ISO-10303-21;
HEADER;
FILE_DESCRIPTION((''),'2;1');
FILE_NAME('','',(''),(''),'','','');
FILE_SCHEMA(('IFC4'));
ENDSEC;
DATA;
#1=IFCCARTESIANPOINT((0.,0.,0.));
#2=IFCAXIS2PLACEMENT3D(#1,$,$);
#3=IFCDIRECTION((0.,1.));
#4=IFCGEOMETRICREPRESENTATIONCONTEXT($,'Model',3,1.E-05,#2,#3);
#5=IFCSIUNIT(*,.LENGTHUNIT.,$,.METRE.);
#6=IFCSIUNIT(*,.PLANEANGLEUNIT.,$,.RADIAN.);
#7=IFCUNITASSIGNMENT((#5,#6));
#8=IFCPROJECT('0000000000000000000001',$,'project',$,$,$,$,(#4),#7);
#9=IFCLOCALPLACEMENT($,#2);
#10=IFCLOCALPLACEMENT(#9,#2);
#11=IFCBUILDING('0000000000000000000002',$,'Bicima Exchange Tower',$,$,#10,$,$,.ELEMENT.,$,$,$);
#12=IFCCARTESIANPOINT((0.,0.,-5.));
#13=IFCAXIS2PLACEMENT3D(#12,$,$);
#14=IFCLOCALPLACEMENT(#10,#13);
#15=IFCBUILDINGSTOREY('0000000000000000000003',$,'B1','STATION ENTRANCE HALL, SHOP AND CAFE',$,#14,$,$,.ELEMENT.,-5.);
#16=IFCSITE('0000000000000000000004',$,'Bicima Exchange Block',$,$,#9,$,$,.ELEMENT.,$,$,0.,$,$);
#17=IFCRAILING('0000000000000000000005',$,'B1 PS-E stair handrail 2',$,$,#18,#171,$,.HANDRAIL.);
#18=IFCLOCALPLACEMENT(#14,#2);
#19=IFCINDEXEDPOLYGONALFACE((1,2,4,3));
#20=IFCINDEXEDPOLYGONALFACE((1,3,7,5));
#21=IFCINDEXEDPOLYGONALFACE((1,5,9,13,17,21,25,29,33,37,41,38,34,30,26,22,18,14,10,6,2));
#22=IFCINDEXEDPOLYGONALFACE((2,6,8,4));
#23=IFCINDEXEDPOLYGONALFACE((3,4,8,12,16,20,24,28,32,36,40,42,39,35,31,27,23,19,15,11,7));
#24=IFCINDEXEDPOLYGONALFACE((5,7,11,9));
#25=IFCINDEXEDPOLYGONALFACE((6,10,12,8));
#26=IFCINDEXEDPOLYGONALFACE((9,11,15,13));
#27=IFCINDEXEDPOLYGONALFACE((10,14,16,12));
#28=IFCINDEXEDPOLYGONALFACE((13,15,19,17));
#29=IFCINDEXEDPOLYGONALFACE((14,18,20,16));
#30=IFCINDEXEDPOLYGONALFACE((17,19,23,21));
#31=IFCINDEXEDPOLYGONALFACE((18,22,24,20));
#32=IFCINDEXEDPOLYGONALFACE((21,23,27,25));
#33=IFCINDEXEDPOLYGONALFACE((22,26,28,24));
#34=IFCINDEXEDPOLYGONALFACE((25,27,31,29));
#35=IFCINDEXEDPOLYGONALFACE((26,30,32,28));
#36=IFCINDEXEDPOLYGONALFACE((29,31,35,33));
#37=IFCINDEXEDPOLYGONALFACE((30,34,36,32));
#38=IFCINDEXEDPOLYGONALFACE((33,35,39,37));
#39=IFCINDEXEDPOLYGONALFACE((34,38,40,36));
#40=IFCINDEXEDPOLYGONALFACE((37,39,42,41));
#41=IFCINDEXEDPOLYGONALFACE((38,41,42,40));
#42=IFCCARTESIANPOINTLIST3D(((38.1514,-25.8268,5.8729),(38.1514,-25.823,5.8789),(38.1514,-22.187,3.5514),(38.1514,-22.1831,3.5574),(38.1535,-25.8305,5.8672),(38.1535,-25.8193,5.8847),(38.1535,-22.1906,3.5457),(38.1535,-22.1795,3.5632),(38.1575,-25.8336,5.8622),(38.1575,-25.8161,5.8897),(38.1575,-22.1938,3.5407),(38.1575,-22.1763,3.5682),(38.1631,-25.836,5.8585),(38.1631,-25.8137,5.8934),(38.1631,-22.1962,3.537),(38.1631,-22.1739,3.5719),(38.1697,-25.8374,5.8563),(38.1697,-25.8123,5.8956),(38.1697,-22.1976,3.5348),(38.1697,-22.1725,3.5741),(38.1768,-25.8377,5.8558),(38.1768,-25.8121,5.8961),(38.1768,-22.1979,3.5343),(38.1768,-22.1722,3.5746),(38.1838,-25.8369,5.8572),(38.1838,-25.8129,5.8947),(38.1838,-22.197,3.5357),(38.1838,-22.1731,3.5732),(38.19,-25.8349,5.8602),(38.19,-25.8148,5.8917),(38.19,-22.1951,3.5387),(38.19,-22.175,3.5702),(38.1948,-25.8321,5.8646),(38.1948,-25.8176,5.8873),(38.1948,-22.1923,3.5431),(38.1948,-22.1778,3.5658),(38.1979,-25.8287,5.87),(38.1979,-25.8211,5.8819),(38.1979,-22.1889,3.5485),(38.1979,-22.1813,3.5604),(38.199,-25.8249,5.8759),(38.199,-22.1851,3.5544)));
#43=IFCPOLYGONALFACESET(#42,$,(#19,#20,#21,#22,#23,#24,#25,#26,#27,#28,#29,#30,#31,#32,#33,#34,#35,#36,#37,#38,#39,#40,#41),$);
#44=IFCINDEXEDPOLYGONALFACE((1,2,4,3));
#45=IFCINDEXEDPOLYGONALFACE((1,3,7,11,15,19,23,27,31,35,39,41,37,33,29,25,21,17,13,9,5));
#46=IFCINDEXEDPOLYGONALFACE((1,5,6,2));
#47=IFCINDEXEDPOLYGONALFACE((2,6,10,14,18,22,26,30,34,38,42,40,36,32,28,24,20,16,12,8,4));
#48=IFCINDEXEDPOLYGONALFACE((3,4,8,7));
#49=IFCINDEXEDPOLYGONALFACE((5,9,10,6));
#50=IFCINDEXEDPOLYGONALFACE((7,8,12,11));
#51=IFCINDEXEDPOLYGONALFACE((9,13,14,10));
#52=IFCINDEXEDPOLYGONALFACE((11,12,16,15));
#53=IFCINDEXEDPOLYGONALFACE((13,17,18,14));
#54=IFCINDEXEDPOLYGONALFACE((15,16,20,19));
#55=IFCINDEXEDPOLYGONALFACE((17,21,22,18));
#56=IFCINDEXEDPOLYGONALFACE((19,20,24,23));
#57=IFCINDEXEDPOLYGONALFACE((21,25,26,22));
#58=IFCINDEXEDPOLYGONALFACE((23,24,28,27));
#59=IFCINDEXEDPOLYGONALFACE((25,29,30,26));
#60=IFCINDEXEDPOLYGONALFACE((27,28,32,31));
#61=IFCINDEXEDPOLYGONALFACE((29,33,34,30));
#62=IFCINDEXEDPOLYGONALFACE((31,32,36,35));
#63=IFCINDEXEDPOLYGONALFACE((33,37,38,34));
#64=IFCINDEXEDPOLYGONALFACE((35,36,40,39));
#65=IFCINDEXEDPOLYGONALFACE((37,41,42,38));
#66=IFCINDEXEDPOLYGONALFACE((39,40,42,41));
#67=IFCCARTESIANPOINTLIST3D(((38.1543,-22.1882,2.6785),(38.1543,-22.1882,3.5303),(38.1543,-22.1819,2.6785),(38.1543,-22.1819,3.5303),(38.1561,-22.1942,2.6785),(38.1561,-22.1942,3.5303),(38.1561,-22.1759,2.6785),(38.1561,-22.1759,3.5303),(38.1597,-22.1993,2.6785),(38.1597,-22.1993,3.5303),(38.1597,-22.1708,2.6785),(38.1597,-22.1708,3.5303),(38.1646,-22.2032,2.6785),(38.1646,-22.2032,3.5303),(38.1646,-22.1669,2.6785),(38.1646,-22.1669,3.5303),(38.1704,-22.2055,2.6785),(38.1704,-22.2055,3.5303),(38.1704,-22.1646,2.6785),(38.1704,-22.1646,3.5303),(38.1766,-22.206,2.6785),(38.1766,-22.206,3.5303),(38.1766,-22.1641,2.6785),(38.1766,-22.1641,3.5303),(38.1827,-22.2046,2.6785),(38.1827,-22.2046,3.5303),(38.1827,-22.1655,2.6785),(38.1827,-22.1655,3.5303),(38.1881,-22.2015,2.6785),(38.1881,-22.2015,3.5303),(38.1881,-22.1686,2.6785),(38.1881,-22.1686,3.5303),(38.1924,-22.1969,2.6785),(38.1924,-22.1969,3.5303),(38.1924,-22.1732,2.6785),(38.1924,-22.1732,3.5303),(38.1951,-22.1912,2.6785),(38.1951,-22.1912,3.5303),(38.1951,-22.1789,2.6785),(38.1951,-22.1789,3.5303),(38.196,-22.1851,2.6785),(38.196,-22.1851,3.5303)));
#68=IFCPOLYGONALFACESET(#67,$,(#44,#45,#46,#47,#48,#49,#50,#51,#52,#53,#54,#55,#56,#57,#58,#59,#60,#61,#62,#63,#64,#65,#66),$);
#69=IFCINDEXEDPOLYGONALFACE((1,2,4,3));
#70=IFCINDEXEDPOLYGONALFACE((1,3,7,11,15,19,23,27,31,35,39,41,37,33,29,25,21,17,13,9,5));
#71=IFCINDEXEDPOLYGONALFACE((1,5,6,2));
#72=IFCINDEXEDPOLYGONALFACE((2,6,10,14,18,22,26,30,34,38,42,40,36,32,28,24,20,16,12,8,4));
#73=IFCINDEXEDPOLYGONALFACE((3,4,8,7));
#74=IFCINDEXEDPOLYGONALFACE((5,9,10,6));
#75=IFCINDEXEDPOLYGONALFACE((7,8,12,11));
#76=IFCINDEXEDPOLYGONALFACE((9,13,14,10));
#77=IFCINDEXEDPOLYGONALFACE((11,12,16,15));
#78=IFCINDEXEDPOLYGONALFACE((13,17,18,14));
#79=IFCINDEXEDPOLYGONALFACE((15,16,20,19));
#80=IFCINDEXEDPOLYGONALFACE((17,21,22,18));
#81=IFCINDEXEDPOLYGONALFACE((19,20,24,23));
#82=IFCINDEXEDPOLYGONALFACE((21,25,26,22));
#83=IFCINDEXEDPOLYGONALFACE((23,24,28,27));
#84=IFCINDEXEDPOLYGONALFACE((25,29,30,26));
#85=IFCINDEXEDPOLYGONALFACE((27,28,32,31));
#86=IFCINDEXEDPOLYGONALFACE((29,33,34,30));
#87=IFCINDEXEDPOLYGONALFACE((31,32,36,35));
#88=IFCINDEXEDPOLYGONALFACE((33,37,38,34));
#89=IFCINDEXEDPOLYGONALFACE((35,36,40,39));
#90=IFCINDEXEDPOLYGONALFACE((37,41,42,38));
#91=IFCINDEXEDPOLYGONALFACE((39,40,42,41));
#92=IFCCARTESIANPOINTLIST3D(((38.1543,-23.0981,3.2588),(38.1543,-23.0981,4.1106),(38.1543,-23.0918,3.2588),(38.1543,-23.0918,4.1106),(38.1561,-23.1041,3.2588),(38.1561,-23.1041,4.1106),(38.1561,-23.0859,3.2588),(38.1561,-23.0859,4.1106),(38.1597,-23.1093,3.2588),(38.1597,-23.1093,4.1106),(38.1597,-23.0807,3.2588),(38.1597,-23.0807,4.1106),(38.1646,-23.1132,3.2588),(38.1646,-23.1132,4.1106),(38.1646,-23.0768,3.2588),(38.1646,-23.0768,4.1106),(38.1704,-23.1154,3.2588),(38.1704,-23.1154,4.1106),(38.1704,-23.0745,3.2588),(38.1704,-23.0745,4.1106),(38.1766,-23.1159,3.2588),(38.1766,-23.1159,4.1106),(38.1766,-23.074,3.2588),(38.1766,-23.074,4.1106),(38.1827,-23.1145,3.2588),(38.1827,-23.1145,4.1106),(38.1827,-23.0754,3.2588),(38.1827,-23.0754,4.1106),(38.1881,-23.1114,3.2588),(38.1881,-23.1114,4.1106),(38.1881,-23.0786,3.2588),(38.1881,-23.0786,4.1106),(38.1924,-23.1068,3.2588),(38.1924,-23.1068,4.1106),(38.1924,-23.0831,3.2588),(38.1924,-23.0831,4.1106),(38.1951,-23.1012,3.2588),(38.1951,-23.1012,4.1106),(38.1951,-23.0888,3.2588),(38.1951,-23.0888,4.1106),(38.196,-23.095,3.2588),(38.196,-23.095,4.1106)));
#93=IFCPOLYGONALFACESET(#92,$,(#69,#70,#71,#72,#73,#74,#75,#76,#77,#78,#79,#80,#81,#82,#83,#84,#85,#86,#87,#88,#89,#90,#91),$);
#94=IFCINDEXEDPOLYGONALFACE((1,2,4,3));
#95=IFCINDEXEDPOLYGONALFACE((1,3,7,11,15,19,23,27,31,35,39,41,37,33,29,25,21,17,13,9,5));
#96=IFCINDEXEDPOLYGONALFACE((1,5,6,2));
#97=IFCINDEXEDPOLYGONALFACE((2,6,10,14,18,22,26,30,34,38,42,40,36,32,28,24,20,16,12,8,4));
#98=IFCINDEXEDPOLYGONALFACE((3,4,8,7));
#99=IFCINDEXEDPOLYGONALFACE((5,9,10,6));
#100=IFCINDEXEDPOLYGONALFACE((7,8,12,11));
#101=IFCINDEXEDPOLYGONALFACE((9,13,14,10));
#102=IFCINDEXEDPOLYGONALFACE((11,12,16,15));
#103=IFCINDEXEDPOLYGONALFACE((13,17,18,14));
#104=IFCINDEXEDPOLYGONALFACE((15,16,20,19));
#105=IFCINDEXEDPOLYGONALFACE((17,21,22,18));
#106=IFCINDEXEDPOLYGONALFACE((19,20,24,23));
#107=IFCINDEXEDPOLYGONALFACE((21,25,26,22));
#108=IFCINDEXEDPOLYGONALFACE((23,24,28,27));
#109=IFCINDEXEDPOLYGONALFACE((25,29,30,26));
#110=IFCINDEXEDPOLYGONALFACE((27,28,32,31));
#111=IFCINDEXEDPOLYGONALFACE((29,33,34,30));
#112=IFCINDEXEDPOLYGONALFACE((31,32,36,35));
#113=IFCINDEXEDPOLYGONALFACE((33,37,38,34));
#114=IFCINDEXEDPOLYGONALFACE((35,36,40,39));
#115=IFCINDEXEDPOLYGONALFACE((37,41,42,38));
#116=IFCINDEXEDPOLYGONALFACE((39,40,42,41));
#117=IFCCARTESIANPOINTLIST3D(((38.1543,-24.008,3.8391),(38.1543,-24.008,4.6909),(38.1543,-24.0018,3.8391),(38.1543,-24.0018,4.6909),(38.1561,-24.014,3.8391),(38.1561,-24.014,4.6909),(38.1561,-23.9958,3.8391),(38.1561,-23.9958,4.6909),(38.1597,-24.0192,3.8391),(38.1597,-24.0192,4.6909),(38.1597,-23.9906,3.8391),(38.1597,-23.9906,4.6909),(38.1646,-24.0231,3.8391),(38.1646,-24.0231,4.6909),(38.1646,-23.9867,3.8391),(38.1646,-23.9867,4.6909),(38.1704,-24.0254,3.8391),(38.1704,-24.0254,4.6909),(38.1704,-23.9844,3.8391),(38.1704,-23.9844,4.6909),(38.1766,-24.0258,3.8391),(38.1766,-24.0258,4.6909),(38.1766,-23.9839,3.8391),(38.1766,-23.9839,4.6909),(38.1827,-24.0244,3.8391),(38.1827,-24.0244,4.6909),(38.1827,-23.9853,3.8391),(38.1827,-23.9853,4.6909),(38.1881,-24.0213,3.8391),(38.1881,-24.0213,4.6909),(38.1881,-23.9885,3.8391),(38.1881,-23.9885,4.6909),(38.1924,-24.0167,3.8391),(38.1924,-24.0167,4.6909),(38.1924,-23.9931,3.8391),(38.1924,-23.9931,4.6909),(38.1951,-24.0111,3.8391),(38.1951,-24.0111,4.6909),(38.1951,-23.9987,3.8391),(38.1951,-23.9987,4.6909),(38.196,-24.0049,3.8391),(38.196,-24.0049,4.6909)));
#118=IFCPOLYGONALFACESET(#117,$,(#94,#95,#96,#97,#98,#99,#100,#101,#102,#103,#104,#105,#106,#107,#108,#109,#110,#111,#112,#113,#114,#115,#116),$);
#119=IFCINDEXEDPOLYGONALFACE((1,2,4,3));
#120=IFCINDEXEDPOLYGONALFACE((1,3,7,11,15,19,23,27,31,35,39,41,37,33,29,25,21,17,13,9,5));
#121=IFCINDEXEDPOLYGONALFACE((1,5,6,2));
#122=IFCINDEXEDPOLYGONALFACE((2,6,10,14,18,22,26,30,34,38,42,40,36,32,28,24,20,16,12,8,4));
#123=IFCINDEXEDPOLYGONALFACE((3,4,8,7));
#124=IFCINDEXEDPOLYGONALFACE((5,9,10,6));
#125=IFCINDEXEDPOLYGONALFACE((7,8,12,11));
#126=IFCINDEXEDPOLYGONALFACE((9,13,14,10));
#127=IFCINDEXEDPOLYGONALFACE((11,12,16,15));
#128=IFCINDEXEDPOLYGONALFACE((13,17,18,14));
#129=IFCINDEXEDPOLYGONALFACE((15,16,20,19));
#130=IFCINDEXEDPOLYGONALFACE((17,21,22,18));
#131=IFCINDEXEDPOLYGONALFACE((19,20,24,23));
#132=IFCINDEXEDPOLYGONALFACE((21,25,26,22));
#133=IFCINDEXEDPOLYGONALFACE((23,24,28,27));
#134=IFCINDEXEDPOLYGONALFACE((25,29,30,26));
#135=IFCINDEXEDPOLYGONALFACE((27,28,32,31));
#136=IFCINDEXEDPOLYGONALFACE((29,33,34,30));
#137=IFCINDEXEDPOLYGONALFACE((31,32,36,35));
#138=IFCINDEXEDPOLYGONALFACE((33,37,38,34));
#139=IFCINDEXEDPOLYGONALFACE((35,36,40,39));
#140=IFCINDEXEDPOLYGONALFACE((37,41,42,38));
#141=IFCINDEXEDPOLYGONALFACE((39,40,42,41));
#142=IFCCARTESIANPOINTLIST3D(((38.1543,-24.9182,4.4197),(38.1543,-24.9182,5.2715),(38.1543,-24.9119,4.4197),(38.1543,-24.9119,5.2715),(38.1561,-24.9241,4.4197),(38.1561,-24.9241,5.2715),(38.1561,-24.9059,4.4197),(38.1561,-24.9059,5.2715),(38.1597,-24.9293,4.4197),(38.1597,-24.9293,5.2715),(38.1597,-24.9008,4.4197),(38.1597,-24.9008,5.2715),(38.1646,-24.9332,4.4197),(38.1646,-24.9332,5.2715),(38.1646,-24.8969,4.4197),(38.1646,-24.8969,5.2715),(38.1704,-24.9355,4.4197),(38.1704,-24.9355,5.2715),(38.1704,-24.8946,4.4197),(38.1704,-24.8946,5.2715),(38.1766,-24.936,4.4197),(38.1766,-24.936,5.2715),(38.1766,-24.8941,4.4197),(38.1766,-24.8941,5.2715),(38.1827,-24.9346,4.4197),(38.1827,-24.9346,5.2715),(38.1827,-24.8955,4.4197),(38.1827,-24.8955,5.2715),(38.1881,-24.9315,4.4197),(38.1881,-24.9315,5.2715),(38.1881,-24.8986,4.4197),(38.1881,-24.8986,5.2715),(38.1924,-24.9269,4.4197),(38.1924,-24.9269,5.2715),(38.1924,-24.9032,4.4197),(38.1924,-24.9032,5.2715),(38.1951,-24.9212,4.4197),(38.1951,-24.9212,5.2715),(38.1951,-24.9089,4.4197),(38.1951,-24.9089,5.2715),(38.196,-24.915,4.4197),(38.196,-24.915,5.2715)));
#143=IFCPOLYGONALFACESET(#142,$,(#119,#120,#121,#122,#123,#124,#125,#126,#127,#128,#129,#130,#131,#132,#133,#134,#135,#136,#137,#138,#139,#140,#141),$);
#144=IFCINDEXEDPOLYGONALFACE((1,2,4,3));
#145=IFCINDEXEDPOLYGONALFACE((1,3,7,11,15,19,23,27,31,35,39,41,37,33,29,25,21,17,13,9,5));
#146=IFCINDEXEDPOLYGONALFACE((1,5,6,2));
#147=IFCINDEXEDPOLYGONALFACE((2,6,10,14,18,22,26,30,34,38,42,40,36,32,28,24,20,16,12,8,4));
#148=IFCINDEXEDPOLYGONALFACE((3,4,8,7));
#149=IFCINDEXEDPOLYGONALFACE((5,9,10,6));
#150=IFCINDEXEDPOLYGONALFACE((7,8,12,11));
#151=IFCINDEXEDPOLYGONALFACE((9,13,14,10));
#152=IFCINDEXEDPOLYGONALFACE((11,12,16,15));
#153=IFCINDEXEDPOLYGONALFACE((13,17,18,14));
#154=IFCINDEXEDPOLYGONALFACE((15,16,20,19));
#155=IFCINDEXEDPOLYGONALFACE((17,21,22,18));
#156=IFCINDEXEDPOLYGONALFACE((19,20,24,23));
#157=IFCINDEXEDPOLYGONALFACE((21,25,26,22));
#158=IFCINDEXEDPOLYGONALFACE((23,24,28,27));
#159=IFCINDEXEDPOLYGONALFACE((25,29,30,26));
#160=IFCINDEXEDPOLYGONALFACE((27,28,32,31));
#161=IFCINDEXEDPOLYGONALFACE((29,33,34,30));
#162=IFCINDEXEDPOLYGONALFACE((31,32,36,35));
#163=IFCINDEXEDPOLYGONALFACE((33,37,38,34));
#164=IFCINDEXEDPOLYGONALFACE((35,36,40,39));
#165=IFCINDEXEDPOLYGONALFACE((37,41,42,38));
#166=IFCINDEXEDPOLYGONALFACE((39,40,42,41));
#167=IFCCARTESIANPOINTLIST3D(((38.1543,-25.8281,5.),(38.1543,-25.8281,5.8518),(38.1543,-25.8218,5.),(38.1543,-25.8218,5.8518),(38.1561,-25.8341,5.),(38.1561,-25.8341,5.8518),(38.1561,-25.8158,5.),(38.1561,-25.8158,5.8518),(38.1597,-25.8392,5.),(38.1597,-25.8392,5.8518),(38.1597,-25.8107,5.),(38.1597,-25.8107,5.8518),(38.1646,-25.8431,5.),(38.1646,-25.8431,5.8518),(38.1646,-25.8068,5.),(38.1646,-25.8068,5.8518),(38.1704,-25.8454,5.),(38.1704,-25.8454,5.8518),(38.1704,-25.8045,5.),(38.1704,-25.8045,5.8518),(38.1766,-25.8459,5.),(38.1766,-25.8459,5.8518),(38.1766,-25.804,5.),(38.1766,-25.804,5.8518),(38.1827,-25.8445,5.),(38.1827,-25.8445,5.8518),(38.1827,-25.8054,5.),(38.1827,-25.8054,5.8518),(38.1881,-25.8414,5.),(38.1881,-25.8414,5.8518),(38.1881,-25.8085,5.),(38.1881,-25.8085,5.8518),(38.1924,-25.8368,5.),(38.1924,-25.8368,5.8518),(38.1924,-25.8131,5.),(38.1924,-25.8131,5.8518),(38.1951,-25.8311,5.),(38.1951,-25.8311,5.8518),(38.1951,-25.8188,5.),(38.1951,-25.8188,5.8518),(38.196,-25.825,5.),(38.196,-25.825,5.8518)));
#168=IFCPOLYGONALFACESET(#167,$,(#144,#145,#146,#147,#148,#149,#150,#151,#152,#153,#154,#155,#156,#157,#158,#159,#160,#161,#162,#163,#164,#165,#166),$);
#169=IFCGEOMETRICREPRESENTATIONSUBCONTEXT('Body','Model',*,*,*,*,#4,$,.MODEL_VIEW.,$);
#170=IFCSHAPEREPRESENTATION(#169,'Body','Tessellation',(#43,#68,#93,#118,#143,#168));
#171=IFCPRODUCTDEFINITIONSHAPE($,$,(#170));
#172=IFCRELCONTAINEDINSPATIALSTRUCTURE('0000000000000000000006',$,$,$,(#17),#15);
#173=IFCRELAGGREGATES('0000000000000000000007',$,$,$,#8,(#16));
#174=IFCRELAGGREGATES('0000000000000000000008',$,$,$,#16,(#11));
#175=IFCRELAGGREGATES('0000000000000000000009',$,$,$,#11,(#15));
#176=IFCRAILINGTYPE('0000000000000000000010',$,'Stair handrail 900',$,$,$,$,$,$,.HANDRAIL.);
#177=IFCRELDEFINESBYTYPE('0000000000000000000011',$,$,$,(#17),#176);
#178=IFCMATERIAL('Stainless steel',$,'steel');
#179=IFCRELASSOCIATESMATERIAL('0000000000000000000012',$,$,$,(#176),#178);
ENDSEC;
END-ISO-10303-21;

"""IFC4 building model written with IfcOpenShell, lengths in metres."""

from ifc_helpers import new_model, si_unit, direction, frame, origin, origin_2d, place, context, subcontext, project, spatial, circle, extrude, material, type_object, element, save


model = new_model("IFC4")

# Units and contexts
model_context = context("Model", 3, precision=1e-05, world=origin(), true_north=direction((0.0, 1.0)))
body_context = subcontext(model_context, "Body", "Model", "MODEL_VIEW")
ifc_project = project(units=[si_unit("LENGTHUNIT", "METRE"), si_unit("PLANEANGLEUNIT", "RADIAN")], contexts=[model_context])

# Site, building, storey
site_placement = place(None, origin())
site = spatial("IfcSite", under=ifc_project, at=site_placement, Name="Bicima Exchange Block", CompositionType="ELEMENT", RefElevation=0.0)
building_placement = place(site_placement, origin())
building = spatial("IfcBuilding", under=site, at=building_placement, Name="Bicima Exchange Tower", CompositionType="ELEMENT")
storey_placement = place(building_placement, frame((0.0, 0.0, -5.0)))
storey = spatial("IfcBuildingStorey", under=building, at=storey_placement, Name="B1", Description="STATION ENTRANCE HALL, SHOP AND CAFE", CompositionType="ELEMENT", Elevation=-5.0)

# Railing
ifc_material_1 = material(Name="Stainless steel", Category="steel")
railing_type_1 = type_object("IfcRailingType", Name="Stair handrail 900", PredefinedType="HANDRAIL", material=ifc_material_1)
railing_1_placement = place(storey_placement, frame((38.175, -22.1851, 2.6785)))
element("IfcRailing", 1, at=railing_1_placement, inside=storey, type_object=railing_type_1, Name="B1 PS-E stair handrail 2", PredefinedType="HANDRAIL", context=body_context, shape_type="SweptSolid", body=[
    extrude(circle(Radius=0.0239, at=origin_2d()), frame((0.0, 0.0, 0.876), z_axis=(0.0, -0.843112, 0.537739), x_axis=(1.0, 0.0, 0.0)), (0.0, 0.0, 1.0), 4.3171),
    extrude(circle(Radius=0.021, at=origin_2d()), origin(), (0.0, 0.0, 1.0), 0.8518),
    extrude(circle(Radius=0.021, at=origin_2d()), frame((0.0, -0.9099, 0.5803)), (0.0, 0.0, 1.0), 0.8518),
    extrude(circle(Radius=0.021, at=origin_2d()), frame((0.0, -1.8198, 1.1606)), (0.0, 0.0, 1.0), 0.8518),
    extrude(circle(Radius=0.021, at=origin_2d()), frame((0.0, -2.73, 1.7412)), (0.0, 0.0, 1.0), 0.8518),
    extrude(circle(Radius=0.021, at=origin_2d()), frame((0.0, -3.6399, 2.3215)), (0.0, 0.0, 1.0), 0.8518),
])

save(model, "model.ifc")
